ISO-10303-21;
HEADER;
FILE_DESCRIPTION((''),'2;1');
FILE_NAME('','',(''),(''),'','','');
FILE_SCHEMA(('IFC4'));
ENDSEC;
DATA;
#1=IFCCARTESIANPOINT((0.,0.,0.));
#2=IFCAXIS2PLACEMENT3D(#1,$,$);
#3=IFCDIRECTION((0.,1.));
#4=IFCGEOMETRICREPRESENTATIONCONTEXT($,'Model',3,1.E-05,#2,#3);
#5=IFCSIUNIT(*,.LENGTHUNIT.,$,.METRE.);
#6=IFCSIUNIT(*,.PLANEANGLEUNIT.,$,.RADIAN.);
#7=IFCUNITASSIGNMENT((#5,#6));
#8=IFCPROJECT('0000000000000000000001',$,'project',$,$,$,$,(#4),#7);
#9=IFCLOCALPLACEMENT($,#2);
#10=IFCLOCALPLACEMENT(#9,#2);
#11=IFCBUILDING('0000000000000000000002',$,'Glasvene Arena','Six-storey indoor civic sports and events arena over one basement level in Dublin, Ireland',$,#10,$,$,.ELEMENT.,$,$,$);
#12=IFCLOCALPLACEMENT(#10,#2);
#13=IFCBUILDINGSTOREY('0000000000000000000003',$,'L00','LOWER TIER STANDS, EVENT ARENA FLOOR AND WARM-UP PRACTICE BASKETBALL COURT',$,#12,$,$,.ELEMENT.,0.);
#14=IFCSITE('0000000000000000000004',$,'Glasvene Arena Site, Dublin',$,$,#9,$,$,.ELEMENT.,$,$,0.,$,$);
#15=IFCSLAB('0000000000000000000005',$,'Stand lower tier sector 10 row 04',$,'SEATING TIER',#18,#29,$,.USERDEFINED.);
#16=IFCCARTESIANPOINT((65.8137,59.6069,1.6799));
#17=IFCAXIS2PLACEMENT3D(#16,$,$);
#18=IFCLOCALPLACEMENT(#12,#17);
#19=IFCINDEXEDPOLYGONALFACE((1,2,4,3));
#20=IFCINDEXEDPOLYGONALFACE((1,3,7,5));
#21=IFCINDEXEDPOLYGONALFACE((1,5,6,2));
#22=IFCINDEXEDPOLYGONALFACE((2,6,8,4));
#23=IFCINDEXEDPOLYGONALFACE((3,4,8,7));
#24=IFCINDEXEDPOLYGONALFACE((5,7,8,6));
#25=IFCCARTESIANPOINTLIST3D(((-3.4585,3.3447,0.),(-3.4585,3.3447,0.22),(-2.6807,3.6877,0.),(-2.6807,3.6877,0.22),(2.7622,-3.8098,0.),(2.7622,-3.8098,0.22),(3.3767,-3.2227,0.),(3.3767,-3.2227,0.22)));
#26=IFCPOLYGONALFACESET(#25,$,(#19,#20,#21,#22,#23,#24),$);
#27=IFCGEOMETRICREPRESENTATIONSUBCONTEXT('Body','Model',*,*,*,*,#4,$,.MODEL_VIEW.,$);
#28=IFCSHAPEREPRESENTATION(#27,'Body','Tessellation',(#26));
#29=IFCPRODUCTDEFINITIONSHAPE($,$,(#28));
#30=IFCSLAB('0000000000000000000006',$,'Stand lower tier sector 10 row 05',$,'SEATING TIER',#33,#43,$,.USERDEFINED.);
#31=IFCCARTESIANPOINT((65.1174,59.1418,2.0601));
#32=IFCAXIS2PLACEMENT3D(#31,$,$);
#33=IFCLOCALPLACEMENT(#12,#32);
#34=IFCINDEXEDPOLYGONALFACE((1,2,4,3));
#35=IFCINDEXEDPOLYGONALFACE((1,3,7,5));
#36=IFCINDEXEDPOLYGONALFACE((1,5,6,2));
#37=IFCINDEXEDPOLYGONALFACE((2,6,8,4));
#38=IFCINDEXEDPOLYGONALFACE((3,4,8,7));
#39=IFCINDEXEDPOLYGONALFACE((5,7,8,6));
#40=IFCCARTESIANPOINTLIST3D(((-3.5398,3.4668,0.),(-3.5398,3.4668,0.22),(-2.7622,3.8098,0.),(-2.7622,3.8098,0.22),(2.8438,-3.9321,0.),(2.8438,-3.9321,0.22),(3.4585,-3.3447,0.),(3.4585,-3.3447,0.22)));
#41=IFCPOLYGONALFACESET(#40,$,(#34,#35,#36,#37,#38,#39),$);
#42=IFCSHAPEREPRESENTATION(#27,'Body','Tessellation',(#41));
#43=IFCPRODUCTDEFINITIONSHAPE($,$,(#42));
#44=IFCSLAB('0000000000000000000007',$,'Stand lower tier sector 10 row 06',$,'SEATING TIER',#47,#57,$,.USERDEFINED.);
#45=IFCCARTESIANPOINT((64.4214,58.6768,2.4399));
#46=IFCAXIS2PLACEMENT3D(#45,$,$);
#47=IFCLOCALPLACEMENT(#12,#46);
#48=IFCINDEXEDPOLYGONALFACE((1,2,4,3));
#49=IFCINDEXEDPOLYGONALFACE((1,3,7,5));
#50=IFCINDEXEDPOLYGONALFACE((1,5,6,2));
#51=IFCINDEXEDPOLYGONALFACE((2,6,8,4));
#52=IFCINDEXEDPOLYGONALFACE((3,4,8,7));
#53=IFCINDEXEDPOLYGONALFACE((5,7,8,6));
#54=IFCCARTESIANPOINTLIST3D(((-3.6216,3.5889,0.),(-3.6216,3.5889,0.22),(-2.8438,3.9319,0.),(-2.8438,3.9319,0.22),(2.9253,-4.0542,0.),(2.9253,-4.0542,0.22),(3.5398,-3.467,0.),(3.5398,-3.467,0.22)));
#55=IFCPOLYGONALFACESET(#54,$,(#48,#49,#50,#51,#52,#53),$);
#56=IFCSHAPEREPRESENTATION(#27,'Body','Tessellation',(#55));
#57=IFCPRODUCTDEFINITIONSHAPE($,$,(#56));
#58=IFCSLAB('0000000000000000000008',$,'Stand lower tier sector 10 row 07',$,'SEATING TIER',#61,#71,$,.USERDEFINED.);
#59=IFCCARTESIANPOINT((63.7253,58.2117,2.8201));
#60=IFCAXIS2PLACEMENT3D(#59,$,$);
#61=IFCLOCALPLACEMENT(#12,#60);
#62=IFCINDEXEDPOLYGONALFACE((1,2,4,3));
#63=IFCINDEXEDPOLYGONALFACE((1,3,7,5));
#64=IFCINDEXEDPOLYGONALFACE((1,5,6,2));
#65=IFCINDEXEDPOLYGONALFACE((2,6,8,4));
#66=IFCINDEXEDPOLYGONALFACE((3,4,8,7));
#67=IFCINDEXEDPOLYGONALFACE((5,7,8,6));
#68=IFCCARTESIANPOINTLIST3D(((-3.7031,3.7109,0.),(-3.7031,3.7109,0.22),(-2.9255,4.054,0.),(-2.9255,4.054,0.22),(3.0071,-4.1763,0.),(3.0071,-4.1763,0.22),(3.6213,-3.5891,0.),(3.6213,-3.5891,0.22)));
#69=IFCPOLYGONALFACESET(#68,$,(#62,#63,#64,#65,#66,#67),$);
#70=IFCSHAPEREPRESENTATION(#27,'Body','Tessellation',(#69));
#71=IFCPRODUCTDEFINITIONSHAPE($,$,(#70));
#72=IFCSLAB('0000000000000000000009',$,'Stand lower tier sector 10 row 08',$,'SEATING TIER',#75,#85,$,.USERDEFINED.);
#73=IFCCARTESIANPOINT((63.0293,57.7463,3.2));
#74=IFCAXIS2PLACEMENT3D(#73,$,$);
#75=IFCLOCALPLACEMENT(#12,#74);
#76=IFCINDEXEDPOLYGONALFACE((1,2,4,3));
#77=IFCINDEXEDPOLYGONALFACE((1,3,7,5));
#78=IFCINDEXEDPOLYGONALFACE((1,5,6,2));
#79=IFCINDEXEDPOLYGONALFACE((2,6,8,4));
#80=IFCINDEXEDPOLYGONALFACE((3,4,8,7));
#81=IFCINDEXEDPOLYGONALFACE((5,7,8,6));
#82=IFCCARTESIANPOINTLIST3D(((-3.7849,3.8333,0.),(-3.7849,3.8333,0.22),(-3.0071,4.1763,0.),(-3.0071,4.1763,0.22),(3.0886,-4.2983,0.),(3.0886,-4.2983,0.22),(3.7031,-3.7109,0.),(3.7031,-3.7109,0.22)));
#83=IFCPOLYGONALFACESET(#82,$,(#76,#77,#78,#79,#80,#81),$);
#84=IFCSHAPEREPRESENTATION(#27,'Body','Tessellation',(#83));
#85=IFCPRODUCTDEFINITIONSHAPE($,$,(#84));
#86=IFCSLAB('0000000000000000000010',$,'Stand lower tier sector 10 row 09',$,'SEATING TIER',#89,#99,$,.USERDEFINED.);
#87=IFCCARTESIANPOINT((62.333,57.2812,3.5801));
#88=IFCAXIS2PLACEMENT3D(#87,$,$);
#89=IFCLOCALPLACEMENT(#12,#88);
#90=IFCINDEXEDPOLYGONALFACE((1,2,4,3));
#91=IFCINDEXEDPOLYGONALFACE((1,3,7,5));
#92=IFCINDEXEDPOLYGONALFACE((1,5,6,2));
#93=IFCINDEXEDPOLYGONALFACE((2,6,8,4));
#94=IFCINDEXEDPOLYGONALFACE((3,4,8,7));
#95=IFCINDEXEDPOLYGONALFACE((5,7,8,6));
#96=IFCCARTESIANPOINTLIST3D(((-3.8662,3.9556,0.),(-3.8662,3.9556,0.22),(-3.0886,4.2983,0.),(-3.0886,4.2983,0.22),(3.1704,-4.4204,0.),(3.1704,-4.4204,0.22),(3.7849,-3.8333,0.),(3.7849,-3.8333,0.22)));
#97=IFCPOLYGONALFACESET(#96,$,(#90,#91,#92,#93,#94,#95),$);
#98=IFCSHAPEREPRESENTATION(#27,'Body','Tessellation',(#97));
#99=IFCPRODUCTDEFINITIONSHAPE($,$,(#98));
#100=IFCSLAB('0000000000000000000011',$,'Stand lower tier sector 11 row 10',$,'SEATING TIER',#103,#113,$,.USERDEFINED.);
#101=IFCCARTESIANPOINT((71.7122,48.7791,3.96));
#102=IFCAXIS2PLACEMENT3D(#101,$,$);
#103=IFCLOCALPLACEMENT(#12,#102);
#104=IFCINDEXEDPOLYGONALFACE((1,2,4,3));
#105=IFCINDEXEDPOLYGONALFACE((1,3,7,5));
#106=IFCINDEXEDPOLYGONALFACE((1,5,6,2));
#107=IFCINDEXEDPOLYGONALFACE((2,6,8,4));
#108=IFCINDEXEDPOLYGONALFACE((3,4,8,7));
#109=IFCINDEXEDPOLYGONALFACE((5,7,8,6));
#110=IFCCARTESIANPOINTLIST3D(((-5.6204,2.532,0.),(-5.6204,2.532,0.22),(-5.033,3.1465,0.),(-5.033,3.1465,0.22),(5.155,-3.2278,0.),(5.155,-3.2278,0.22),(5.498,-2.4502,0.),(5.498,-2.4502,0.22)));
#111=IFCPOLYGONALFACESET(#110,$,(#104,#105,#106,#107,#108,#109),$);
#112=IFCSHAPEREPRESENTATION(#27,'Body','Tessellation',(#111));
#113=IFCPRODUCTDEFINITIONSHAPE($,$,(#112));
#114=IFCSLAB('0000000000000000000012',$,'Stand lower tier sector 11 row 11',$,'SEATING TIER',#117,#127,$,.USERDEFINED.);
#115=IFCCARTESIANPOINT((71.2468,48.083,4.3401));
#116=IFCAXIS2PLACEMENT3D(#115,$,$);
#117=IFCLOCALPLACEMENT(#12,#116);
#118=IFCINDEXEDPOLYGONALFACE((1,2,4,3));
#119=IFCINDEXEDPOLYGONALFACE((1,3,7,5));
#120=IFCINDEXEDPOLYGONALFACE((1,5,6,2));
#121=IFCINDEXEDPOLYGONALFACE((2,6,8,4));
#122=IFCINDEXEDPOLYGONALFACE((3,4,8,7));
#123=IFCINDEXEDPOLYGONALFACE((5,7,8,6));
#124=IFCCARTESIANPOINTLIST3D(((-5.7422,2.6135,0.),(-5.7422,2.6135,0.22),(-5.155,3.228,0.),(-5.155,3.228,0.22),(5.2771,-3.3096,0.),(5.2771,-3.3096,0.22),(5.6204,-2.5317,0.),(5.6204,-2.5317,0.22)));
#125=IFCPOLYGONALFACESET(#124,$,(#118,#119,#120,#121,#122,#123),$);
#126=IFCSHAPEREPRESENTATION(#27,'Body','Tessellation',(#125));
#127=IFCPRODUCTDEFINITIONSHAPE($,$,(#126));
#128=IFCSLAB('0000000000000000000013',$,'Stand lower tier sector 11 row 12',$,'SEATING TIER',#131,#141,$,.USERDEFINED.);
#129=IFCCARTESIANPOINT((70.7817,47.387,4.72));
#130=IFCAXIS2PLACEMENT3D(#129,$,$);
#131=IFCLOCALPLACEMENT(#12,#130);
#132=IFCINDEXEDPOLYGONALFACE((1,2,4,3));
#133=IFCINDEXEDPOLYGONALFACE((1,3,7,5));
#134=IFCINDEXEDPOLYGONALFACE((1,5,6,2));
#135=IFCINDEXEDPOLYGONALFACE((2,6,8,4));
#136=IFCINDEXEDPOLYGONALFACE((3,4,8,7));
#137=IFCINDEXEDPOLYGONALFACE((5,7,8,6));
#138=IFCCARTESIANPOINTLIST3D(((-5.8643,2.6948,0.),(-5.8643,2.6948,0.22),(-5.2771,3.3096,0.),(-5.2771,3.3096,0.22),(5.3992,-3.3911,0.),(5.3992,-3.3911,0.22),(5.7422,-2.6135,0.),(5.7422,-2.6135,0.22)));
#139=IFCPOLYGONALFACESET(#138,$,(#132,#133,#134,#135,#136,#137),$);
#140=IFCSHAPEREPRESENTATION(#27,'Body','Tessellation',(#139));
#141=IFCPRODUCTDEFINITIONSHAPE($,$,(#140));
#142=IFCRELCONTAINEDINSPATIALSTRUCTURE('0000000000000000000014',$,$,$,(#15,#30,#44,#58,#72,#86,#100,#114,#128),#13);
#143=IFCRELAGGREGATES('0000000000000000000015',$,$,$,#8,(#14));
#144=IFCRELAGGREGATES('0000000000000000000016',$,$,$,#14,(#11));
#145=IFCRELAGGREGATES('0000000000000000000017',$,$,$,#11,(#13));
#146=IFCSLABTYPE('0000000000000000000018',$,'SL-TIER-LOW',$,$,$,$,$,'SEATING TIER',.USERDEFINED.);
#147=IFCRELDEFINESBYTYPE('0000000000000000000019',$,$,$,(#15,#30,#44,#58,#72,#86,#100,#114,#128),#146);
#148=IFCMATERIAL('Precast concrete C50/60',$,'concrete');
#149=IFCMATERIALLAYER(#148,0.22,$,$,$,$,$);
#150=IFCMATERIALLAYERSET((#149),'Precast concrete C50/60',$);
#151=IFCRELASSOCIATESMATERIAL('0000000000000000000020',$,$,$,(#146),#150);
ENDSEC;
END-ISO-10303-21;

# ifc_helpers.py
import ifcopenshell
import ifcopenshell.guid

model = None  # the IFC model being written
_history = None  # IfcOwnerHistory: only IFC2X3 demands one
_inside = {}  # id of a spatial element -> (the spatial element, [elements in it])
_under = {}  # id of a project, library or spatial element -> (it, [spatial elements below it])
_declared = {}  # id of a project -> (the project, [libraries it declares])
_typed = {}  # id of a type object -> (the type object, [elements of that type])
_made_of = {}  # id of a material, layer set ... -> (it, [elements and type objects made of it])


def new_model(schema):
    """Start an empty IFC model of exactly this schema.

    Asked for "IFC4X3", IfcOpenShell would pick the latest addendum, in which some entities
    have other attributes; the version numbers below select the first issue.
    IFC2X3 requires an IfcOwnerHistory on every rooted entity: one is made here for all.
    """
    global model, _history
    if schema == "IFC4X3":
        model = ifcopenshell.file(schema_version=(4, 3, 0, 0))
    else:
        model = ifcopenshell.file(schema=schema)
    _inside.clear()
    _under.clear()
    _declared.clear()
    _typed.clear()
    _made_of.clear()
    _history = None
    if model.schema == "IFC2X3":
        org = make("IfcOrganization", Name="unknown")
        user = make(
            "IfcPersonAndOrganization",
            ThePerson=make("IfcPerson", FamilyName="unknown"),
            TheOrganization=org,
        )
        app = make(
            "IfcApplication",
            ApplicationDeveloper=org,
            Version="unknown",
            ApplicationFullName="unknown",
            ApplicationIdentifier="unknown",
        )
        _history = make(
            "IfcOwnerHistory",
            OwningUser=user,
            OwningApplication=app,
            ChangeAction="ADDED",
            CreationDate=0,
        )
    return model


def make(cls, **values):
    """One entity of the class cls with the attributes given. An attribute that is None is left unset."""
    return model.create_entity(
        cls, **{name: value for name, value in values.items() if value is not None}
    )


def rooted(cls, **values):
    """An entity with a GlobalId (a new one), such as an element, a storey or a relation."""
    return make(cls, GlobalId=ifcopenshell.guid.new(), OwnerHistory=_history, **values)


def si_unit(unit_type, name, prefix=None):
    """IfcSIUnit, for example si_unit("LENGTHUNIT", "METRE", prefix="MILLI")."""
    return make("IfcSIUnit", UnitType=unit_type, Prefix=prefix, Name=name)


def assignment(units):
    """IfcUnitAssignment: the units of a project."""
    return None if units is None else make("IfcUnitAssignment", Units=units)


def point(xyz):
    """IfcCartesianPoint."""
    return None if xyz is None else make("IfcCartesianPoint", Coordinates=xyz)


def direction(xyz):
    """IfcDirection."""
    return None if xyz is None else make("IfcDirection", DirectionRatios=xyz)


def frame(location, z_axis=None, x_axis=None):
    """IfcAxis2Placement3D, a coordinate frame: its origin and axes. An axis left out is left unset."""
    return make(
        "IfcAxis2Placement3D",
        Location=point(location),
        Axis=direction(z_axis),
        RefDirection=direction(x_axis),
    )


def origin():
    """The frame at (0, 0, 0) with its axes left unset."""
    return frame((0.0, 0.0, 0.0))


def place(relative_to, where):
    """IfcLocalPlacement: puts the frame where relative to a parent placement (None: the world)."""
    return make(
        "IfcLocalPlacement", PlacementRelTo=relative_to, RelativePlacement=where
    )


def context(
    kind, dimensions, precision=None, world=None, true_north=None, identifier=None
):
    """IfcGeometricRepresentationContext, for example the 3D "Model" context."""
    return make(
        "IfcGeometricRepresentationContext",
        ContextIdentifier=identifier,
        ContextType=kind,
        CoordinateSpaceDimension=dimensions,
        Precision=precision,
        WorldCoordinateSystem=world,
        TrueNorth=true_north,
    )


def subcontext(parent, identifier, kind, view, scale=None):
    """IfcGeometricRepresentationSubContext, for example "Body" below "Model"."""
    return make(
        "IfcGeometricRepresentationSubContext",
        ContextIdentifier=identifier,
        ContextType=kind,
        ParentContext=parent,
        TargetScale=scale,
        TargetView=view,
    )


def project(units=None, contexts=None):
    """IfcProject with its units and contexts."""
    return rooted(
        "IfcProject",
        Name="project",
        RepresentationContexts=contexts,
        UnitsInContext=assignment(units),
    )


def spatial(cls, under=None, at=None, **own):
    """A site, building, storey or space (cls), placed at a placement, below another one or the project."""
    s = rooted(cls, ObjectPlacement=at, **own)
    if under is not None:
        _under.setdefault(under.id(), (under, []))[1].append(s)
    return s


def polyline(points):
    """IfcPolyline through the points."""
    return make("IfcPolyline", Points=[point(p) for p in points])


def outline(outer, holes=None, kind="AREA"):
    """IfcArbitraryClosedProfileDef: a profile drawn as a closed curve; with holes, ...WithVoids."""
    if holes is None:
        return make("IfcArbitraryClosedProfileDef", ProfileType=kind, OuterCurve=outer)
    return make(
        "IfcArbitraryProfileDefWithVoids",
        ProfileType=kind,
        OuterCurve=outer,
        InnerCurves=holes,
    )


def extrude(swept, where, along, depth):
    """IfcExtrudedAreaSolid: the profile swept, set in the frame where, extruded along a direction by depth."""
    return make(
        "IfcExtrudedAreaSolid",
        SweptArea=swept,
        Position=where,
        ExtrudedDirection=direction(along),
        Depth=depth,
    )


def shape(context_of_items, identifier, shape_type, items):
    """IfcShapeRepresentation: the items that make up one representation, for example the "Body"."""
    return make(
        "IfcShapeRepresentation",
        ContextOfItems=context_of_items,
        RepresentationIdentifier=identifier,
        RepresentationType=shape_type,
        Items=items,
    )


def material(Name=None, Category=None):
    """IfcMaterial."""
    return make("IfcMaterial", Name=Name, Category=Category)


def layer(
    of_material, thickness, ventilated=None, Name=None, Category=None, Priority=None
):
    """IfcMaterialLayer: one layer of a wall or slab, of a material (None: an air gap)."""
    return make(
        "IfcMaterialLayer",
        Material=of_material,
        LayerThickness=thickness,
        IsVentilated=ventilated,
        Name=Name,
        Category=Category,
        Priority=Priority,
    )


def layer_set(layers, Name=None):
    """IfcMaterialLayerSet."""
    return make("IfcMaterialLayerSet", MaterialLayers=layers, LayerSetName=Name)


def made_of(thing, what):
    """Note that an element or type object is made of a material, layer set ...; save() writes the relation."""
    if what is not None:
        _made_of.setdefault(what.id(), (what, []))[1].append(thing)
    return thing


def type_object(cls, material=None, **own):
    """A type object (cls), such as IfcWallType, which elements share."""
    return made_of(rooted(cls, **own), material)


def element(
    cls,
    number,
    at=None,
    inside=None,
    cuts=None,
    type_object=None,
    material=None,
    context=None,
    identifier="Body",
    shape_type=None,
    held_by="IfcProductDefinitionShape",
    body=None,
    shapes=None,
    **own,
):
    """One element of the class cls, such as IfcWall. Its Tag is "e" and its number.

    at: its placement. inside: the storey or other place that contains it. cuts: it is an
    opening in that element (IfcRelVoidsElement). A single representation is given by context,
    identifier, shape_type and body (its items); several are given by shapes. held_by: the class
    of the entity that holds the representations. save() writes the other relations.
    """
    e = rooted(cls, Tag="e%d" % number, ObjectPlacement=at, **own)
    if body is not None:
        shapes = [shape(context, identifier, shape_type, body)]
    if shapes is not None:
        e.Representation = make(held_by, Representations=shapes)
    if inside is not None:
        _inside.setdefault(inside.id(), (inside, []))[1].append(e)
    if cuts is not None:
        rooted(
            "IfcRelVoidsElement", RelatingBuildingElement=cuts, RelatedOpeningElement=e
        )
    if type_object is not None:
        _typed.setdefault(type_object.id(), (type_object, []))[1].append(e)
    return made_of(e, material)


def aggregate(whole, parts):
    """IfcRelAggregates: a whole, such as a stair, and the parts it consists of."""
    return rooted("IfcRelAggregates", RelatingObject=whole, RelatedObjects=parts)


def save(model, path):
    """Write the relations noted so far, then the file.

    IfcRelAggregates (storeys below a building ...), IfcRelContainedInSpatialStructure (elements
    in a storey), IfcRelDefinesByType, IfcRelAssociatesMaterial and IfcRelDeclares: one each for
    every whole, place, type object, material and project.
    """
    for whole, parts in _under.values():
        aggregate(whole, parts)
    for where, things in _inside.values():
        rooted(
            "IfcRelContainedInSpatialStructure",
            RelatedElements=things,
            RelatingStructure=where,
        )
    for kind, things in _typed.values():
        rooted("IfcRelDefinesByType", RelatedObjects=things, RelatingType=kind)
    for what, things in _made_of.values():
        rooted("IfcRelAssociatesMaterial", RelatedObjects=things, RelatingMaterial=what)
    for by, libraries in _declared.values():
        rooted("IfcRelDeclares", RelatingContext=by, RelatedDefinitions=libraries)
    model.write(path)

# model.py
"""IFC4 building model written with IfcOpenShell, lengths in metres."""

from ifc_helpers import new_model, si_unit, direction, frame, origin, place, context, subcontext, project, spatial, polyline, outline, extrude, material, layer, layer_set, type_object, element, save


model = new_model("IFC4")

# Units and contexts
model_context = context("Model", 3, precision=1e-05, world=origin(), true_north=direction((0.0, 1.0)))
body_context = subcontext(model_context, "Body", "Model", "MODEL_VIEW")
ifc_project = project(units=[si_unit("LENGTHUNIT", "METRE"), si_unit("PLANEANGLEUNIT", "RADIAN")], contexts=[model_context])

# Site, building, storey
site_placement = place(None, origin())
site = spatial("IfcSite", under=ifc_project, at=site_placement, Name="Glasvene Arena Site, Dublin", CompositionType="ELEMENT", RefElevation=0.0)
building_placement = place(site_placement, origin())
building = spatial("IfcBuilding", under=site, at=building_placement, Name="Glasvene Arena", Description="Six-storey indoor civic sports and events arena over one basement level in Dublin, Ireland", CompositionType="ELEMENT")
storey_placement = place(building_placement, origin())
storey = spatial("IfcBuildingStorey", under=building, at=storey_placement, Name="L00", Description="LOWER TIER STANDS, EVENT ARENA FLOOR AND WARM-UP PRACTICE BASKETBALL COURT", CompositionType="ELEMENT", Elevation=0.0)

# Shared definitions
ifc_material_1 = material(Name="Precast concrete C50/60", Category="concrete")

# Slabs
ifc_layer = layer(ifc_material_1, 0.22)
ifc_layer_set = layer_set([ifc_layer], Name="Precast concrete C50/60")
slab_type = type_object("IfcSlabType", Name="SL-TIER-LOW", ElementType="SEATING TIER", PredefinedType="USERDEFINED", material=ifc_layer_set)
slab_1_placement = place(storey_placement, frame((65.8137, 59.6069, 1.6799)))
element("IfcSlab", 1, at=slab_1_placement, inside=storey, type_object=slab_type, Name="Stand lower tier sector 10 row 04", ObjectType="SEATING TIER", PredefinedType="USERDEFINED", context=body_context, shape_type="SweptSolid", body=[
    extrude(outline(polyline([(-2.6807, 3.6877), (3.3767, -3.2227), (2.7622, -3.8098), (-3.4585, 3.3447), (-2.6807, 3.6877)])), origin(), (0.0, 0.0, 1.0), 0.22),
])
slab_2_placement = place(storey_placement, frame((65.1174, 59.1418, 2.0601)))
element("IfcSlab", 2, at=slab_2_placement, inside=storey, type_object=slab_type, Name="Stand lower tier sector 10 row 05", ObjectType="SEATING TIER", PredefinedType="USERDEFINED", context=body_context, shape_type="SweptSolid", body=[
    extrude(outline(polyline([(-2.7622, 3.8098), (3.4585, -3.3447), (2.8438, -3.9321), (-3.5398, 3.4668), (-2.7622, 3.8098)])), origin(), (0.0, 0.0, 1.0), 0.22),
])
slab_3_placement = place(storey_placement, frame((64.4214, 58.6768, 2.4399)))
element("IfcSlab", 3, at=slab_3_placement, inside=storey, type_object=slab_type, Name="Stand lower tier sector 10 row 06", ObjectType="SEATING TIER", PredefinedType="USERDEFINED", context=body_context, shape_type="SweptSolid", body=[
    extrude(outline(polyline([(-2.8438, 3.9319), (3.5398, -3.467), (2.9253, -4.0542), (-3.6216, 3.5889), (-2.8438, 3.9319)])), origin(), (0.0, 0.0, 1.0), 0.22),
])
slab_4_placement = place(storey_placement, frame((63.7253, 58.2117, 2.8201)))
element("IfcSlab", 4, at=slab_4_placement, inside=storey, type_object=slab_type, Name="Stand lower tier sector 10 row 07", ObjectType="SEATING TIER", PredefinedType="USERDEFINED", context=body_context, shape_type="SweptSolid", body=[
    extrude(outline(polyline([(-2.9255, 4.054), (3.6213, -3.5891), (3.0071, -4.1763), (-3.7031, 3.7109), (-2.9255, 4.054)])), origin(), (0.0, 0.0, 1.0), 0.22),
])
slab_5_placement = place(storey_placement, frame((63.0293, 57.7463, 3.2)))
element("IfcSlab", 5, at=slab_5_placement, inside=storey, type_object=slab_type, Name="Stand lower tier sector 10 row 08", ObjectType="SEATING TIER", PredefinedType="USERDEFINED", context=body_context, shape_type="SweptSolid", body=[
    extrude(outline(polyline([(-3.0071, 4.1763), (3.7031, -3.7109), (3.0886, -4.2983), (-3.7849, 3.8333), (-3.0071, 4.1763)])), origin(), (0.0, 0.0, 1.0), 0.22),
])
slab_6_placement = place(storey_placement, frame((62.333, 57.2812, 3.5801)))
element("IfcSlab", 6, at=slab_6_placement, inside=storey, type_object=slab_type, Name="Stand lower tier sector 10 row 09", ObjectType="SEATING TIER", PredefinedType="USERDEFINED", context=body_context, shape_type="SweptSolid", body=[
    extrude(outline(polyline([(-3.0886, 4.2983), (3.7849, -3.8333), (3.1704, -4.4204), (-3.8662, 3.9556), (-3.0886, 4.2983)])), origin(), (0.0, 0.0, 1.0), 0.22),
])
slab_7_placement = place(storey_placement, frame((71.7122, 48.7791, 3.96)))
element("IfcSlab", 7, at=slab_7_placement, inside=storey, type_object=slab_type, Name="Stand lower tier sector 11 row 10", ObjectType="SEATING TIER", PredefinedType="USERDEFINED", context=body_context, shape_type="SweptSolid", body=[
    extrude(outline(polyline([(-5.033, 3.1465), (5.498, -2.4502), (5.155, -3.2278), (-5.6204, 2.532), (-5.033, 3.1465)])), origin(), (0.0, 0.0, 1.0), 0.22),
])
slab_8_placement = place(storey_placement, frame((71.2468, 48.083, 4.3401)))
element("IfcSlab", 8, at=slab_8_placement, inside=storey, type_object=slab_type, Name="Stand lower tier sector 11 row 11", ObjectType="SEATING TIER", PredefinedType="USERDEFINED", context=body_context, shape_type="SweptSolid", body=[
    extrude(outline(polyline([(-5.155, 3.228), (5.6204, -2.5317), (5.2771, -3.3096), (-5.7422, 2.6135), (-5.155, 3.228)])), origin(), (0.0, 0.0, 1.0), 0.22),
])
slab_9_placement = place(storey_placement, frame((70.7817, 47.387, 4.72)))
element("IfcSlab", 9, at=slab_9_placement, inside=storey, type_object=slab_type, Name="Stand lower tier sector 11 row 12", ObjectType="SEATING TIER", PredefinedType="USERDEFINED", context=body_context, shape_type="SweptSolid", body=[
    extrude(outline(polyline([(-5.2771, 3.3096), (5.7422, -2.6135), (5.3992, -3.3911), (-5.8643, 2.6948), (-5.2771, 3.3096)])), origin(), (0.0, 0.0, 1.0), 0.22),
])

save(model, "model.ifc")
